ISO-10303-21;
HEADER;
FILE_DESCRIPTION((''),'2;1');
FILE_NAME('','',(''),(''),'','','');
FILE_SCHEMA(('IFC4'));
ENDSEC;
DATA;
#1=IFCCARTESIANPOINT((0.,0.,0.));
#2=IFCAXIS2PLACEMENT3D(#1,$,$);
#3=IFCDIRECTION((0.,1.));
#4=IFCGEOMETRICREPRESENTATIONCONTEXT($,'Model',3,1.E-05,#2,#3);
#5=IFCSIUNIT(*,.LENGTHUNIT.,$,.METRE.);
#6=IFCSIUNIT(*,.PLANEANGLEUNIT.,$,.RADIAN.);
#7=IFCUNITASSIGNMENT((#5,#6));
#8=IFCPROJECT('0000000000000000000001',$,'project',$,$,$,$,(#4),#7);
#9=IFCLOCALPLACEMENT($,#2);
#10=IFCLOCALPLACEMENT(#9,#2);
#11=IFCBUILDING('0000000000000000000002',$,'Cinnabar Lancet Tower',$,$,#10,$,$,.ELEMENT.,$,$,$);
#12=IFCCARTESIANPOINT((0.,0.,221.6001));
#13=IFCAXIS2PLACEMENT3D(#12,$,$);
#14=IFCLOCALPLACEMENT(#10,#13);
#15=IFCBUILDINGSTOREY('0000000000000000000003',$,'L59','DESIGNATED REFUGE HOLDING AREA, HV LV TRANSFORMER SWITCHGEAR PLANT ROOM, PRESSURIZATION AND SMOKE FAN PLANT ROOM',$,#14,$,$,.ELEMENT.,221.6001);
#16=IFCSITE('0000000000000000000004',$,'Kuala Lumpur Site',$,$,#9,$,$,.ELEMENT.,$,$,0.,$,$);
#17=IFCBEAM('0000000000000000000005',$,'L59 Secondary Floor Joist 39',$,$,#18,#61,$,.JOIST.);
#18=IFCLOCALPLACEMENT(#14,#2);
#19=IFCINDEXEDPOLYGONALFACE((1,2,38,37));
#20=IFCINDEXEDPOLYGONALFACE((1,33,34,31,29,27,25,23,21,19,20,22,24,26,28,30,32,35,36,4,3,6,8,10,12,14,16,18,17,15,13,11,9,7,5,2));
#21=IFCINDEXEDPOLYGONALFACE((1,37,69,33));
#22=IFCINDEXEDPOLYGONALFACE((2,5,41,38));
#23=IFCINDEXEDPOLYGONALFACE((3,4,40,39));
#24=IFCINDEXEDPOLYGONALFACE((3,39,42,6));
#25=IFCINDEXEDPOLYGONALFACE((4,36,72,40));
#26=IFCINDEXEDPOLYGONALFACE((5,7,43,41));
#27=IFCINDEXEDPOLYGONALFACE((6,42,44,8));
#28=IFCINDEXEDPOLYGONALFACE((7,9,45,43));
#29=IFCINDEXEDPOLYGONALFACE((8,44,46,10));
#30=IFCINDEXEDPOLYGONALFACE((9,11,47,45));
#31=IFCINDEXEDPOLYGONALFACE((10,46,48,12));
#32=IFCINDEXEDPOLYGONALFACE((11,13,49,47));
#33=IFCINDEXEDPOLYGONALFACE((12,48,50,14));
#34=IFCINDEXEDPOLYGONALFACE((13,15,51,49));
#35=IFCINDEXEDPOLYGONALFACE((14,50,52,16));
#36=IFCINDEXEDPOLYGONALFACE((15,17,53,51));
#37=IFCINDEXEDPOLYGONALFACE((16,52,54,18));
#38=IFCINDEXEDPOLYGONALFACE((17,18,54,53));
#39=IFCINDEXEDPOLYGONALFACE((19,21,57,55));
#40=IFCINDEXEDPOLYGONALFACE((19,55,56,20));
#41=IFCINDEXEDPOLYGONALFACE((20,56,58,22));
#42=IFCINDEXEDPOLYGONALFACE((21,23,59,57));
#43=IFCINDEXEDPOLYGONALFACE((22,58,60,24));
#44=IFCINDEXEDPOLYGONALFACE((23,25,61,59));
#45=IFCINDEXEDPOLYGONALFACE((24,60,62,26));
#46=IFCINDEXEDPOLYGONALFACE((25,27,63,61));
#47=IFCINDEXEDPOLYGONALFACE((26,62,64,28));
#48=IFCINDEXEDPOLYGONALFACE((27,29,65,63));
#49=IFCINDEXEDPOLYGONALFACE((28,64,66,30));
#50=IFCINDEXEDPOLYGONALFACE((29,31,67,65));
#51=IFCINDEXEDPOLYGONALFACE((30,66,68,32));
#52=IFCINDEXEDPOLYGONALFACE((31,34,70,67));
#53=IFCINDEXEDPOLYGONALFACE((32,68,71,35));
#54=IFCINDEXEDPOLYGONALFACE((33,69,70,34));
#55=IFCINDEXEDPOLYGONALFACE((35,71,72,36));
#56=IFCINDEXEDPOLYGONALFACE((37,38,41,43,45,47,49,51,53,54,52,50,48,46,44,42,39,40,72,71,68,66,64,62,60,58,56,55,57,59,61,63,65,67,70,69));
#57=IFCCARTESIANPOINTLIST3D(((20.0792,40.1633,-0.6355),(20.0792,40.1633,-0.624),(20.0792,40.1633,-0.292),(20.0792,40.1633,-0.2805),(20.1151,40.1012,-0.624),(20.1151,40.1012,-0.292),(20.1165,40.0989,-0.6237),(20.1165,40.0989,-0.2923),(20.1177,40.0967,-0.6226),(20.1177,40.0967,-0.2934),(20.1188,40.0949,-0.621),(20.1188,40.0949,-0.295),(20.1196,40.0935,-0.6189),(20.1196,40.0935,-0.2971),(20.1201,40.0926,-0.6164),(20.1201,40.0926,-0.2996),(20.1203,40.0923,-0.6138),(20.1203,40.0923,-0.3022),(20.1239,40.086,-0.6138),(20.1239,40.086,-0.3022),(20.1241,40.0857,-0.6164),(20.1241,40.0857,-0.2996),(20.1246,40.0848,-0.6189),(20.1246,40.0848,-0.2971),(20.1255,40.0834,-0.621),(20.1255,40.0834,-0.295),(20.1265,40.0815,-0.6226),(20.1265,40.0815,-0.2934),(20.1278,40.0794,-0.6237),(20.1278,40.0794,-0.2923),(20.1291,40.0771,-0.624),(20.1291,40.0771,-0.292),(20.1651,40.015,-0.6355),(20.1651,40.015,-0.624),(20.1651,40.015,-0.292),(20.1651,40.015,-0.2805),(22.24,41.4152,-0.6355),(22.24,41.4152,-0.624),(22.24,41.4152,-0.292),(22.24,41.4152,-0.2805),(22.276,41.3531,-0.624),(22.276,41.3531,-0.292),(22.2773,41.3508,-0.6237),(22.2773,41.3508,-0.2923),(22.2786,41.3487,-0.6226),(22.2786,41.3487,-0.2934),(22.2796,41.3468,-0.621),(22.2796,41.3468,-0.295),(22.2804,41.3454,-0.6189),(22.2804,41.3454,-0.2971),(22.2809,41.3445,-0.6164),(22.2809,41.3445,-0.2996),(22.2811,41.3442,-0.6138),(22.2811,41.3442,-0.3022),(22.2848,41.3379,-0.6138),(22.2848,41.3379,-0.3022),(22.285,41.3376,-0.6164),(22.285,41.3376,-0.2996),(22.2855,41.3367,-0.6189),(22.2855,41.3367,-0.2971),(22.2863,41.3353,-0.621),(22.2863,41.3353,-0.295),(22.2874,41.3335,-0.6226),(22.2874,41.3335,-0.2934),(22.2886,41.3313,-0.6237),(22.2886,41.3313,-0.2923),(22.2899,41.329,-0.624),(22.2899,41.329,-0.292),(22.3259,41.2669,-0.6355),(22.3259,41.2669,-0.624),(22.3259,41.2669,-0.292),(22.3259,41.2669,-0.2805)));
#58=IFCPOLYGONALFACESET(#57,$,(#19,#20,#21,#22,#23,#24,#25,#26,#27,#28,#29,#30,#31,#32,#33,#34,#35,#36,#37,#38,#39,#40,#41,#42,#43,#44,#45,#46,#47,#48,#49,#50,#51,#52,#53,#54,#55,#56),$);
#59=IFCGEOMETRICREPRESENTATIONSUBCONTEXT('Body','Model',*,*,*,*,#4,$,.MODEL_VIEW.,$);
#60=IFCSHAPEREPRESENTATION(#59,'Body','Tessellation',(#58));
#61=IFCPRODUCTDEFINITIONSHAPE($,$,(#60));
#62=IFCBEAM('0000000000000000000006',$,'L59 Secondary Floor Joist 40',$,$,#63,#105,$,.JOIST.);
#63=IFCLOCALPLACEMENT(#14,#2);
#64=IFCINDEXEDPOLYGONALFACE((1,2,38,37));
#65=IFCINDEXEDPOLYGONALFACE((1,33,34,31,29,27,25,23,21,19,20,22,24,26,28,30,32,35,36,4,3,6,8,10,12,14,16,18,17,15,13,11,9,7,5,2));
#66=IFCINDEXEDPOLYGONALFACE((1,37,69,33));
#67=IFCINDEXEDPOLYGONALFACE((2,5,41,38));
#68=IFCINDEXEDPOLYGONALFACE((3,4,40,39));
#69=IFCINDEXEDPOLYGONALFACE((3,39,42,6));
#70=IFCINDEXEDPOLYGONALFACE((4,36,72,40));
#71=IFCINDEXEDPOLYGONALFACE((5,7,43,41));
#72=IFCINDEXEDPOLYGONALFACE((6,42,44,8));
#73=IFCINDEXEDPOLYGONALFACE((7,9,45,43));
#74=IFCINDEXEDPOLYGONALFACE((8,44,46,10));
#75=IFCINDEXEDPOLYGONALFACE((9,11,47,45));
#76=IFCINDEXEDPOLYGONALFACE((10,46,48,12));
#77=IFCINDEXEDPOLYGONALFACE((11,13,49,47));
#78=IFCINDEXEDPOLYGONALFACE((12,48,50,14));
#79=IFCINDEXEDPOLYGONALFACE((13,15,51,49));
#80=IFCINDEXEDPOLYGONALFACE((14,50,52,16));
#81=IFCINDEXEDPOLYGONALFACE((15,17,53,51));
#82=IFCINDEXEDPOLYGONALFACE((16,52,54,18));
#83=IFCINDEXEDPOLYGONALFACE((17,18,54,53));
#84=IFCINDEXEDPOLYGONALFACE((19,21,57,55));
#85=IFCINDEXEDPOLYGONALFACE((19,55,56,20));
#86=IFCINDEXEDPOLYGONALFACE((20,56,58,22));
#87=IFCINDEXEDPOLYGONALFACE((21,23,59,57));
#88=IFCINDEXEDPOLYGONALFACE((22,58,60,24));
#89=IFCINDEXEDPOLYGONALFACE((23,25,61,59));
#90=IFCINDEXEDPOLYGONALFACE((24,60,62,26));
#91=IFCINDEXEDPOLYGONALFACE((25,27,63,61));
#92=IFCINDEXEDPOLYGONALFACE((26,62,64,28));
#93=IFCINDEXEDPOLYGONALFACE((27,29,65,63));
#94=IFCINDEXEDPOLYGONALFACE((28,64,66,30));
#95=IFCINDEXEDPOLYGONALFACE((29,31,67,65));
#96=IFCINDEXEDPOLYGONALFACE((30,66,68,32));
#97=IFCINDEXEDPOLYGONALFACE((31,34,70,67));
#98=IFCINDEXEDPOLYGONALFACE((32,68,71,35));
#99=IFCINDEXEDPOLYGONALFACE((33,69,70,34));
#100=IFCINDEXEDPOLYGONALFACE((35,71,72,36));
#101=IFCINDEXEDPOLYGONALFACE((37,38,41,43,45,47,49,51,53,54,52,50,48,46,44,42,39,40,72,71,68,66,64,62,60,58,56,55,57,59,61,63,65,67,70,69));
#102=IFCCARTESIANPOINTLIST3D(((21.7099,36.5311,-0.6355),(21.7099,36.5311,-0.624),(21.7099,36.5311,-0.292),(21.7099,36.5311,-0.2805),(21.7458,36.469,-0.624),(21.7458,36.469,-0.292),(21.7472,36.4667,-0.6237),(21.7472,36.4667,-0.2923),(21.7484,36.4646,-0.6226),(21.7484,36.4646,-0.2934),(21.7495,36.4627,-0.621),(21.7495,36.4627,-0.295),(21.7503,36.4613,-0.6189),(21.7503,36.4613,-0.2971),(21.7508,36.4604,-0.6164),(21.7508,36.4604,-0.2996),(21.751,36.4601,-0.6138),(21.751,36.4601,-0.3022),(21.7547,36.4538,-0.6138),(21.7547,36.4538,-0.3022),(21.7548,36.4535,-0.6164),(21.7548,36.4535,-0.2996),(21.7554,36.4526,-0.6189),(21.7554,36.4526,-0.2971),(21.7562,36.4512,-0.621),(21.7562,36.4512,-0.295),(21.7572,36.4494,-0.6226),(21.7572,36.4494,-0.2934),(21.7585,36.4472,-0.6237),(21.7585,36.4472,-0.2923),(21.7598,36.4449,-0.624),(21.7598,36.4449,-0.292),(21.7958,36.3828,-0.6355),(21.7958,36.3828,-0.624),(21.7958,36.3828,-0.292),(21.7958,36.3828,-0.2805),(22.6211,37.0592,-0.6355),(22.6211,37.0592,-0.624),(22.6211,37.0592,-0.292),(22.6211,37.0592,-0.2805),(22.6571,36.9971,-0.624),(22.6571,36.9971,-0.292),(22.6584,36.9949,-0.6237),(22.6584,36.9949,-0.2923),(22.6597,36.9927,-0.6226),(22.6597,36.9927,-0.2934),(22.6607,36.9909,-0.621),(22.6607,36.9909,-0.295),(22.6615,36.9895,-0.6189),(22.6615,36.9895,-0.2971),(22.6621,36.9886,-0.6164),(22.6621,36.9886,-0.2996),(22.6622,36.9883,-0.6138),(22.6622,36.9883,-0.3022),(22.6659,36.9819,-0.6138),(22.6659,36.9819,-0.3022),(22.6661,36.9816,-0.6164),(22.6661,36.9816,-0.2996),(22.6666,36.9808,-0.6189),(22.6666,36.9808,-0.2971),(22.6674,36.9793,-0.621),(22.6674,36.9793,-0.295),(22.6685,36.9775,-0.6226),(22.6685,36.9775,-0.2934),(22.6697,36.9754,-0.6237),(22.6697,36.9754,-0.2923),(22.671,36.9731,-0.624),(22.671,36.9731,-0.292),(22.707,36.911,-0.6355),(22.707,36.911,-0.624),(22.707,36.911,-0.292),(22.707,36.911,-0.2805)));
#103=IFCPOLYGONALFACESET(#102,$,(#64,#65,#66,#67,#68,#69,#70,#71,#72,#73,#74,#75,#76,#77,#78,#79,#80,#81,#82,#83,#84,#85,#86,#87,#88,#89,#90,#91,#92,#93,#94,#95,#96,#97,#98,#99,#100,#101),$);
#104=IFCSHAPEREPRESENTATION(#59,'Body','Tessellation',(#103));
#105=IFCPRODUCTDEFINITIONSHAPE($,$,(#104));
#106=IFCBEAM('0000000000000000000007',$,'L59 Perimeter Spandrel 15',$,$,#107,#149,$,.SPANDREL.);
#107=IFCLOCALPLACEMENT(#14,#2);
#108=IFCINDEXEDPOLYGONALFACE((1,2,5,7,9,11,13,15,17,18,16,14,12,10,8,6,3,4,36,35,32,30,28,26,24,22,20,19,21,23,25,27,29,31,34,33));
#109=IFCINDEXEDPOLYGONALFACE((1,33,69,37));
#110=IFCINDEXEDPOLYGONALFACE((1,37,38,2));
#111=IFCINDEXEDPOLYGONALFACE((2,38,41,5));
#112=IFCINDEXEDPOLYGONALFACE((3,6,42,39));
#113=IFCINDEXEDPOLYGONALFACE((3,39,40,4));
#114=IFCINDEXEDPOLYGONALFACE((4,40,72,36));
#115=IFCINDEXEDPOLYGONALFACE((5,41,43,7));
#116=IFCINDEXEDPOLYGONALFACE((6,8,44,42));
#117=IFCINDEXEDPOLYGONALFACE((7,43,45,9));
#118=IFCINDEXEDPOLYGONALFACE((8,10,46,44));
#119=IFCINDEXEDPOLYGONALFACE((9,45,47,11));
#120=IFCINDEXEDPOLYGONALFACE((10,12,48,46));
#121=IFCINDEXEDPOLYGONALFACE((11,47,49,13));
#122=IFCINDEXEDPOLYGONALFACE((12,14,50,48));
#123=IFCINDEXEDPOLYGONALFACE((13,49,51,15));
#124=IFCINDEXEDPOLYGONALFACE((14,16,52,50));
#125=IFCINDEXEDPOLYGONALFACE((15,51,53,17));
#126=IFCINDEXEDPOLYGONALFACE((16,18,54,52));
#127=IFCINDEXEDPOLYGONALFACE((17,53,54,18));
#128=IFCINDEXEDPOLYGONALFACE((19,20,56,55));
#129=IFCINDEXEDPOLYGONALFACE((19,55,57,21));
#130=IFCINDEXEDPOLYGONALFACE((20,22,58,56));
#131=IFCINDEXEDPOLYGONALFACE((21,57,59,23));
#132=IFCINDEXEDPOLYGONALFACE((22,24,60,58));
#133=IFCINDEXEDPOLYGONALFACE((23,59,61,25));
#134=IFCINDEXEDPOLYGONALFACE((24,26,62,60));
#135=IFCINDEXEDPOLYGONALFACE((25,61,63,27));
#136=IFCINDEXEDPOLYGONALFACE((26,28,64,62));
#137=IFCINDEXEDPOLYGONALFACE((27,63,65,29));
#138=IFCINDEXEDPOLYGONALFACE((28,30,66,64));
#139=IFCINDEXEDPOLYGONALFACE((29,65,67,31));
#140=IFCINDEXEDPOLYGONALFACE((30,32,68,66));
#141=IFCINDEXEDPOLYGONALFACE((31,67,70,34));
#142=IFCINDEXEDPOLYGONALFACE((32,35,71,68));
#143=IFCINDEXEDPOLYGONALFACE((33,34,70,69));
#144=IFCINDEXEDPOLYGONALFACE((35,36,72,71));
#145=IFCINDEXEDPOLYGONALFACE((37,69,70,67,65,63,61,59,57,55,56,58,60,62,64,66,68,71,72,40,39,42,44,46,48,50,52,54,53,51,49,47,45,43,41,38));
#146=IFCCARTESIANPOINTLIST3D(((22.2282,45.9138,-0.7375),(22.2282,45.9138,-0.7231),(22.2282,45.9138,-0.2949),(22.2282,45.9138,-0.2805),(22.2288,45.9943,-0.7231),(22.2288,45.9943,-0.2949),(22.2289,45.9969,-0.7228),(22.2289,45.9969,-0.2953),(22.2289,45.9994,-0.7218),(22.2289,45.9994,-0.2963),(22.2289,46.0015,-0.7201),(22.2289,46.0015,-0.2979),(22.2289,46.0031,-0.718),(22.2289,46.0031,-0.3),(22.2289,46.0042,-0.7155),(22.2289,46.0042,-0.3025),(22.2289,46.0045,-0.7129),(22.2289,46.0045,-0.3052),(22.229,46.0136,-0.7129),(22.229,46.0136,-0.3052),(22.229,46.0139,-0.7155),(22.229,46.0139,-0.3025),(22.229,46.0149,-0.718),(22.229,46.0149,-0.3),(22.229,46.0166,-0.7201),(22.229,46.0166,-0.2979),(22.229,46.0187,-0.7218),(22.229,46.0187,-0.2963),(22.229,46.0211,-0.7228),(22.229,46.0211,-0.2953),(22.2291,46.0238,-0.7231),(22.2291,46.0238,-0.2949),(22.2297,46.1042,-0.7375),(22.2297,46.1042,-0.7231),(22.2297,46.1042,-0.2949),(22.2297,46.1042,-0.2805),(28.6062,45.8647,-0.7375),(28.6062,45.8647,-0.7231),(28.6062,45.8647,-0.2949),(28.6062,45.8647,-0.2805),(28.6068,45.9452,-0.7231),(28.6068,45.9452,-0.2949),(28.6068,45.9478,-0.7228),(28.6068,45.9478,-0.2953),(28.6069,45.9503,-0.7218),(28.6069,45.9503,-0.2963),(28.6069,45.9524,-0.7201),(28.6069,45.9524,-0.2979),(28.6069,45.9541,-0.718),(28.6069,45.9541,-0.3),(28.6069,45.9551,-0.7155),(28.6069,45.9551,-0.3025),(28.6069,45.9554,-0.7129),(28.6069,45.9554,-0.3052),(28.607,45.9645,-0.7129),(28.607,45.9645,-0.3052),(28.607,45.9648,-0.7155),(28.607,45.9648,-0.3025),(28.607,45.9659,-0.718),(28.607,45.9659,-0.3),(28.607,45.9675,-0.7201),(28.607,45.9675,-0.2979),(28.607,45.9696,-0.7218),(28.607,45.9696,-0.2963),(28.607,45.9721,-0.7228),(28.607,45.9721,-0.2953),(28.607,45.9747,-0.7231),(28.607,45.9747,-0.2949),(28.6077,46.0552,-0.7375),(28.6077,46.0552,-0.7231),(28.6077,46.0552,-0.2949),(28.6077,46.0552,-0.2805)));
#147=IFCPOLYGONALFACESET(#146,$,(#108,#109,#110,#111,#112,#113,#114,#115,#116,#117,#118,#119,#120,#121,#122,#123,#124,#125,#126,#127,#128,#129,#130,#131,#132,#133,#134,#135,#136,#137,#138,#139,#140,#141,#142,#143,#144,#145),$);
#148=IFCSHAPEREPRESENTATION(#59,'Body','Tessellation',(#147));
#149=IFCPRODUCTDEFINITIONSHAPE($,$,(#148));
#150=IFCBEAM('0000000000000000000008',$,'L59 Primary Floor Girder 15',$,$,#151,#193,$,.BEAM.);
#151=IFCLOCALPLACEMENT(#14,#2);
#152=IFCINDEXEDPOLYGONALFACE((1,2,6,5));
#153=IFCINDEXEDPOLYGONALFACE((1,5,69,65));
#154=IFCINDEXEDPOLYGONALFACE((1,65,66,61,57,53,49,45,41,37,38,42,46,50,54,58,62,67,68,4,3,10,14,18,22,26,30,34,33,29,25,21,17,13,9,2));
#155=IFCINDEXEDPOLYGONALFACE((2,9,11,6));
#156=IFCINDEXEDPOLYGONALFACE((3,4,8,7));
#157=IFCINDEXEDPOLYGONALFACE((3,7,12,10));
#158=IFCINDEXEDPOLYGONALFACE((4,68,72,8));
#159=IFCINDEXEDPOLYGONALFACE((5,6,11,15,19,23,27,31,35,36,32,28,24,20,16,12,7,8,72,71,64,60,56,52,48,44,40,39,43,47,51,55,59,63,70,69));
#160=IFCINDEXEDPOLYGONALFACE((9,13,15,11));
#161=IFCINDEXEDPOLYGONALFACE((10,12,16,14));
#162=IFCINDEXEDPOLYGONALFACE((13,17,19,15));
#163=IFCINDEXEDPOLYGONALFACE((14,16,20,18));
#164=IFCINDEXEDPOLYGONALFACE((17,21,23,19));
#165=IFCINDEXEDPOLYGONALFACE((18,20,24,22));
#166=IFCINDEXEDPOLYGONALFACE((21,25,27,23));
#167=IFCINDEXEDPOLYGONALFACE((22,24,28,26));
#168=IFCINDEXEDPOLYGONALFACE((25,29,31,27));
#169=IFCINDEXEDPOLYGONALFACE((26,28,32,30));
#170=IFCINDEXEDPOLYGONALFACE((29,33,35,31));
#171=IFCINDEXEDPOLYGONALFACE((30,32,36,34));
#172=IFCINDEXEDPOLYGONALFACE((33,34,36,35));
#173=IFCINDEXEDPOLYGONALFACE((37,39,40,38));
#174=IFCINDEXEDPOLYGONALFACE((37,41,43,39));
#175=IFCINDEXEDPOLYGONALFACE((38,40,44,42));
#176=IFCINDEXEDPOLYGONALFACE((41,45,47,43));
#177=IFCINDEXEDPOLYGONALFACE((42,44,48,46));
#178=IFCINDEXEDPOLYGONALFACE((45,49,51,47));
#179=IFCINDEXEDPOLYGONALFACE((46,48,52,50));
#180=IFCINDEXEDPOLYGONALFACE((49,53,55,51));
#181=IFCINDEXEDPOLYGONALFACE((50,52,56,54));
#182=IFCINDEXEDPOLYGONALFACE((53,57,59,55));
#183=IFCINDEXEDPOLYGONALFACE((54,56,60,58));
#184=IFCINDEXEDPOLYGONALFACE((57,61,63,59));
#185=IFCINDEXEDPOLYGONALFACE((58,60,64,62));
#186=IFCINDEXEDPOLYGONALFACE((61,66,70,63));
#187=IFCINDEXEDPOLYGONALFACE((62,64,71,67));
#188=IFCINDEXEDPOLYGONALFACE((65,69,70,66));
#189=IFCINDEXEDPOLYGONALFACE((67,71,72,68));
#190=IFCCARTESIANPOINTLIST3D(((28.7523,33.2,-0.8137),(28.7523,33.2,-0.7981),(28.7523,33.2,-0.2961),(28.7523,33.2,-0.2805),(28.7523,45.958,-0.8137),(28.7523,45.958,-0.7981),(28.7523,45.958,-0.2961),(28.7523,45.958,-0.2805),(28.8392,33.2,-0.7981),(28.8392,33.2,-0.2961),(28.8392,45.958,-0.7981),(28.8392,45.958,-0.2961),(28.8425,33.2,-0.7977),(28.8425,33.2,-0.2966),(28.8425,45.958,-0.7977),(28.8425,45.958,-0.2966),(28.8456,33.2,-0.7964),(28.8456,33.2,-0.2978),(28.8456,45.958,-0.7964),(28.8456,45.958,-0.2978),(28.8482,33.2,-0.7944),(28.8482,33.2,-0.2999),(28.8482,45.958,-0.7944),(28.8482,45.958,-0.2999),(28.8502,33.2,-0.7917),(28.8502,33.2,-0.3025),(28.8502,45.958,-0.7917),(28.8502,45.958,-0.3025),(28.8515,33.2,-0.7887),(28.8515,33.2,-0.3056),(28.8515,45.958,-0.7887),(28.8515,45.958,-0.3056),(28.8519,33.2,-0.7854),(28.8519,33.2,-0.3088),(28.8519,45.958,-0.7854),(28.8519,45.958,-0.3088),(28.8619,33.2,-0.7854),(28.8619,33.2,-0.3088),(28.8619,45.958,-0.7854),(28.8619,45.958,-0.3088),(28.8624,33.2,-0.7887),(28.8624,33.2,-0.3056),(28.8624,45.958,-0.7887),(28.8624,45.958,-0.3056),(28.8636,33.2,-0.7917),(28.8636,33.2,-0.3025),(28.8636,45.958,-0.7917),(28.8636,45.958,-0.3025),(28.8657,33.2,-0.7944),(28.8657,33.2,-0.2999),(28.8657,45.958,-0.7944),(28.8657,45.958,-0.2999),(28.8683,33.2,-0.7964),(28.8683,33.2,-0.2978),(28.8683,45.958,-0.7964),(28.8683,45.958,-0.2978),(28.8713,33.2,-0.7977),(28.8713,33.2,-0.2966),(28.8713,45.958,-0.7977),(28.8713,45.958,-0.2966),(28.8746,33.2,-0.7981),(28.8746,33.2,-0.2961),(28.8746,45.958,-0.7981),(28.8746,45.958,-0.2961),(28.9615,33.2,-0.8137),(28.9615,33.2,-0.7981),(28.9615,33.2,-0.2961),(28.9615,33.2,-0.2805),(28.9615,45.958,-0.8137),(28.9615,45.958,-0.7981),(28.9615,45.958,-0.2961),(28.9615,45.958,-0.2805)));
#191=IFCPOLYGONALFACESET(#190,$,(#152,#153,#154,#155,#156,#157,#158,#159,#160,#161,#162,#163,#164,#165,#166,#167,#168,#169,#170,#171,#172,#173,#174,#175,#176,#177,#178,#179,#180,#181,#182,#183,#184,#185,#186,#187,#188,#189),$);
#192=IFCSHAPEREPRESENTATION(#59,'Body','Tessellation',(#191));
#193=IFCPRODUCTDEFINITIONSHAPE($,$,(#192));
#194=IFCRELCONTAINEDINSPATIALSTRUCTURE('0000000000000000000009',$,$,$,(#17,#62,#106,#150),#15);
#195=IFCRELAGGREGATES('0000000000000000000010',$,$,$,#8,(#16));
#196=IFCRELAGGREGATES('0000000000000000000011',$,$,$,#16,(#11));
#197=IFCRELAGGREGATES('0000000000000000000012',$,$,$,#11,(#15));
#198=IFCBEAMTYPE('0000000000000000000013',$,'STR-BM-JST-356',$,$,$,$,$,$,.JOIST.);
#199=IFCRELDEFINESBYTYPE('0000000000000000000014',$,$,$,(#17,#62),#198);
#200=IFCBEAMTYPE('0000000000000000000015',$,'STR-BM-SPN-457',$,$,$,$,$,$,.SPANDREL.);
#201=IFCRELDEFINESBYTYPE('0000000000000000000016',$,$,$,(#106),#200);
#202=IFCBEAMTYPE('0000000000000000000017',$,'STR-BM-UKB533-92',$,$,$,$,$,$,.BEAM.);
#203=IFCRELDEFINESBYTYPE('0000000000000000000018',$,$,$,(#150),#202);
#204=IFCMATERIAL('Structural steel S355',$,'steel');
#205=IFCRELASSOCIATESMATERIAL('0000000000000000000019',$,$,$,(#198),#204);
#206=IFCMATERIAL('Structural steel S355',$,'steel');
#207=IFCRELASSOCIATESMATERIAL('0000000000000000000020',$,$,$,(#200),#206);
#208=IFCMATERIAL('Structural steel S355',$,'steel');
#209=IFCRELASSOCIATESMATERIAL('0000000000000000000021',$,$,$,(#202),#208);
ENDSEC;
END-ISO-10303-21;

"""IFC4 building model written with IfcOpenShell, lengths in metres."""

from ifc_helpers import new_model, si_unit, direction, frame, origin, origin_2d, place, context, subcontext, project, spatial, i_section, extrude, material, material_profile, profile_set, type_object, element, save


model = new_model("IFC4")

# Units and contexts
model_context = context("Model", 3, precision=1e-05, world=origin(), true_north=direction((0.0, 1.0)))
body_context = subcontext(model_context, "Body", "Model", "MODEL_VIEW")
ifc_project = project(units=[si_unit("LENGTHUNIT", "METRE"), si_unit("PLANEANGLEUNIT", "RADIAN")], contexts=[model_context])

# Site, building, storey
site_placement = place(None, origin())
site = spatial("IfcSite", under=ifc_project, at=site_placement, Name="Kuala Lumpur Site", CompositionType="ELEMENT", RefElevation=0.0)
building_placement = place(site_placement, origin())
building = spatial("IfcBuilding", under=site, at=building_placement, Name="Cinnabar Lancet Tower", CompositionType="ELEMENT")
storey_placement = place(building_placement, frame((0.0, 0.0, 221.6001)))
storey = spatial("IfcBuildingStorey", under=building, at=storey_placement, Name="L59", Description="DESIGNATED REFUGE HOLDING AREA, HV LV TRANSFORMER SWITCHGEAR PLANT ROOM, PRESSURIZATION AND SMOKE FAN PLANT ROOM", CompositionType="ELEMENT", Elevation=221.6001)

# Beams
ifc_material_1 = material(Name="Structural steel S355", Category="steel")
ifc_material_profile_1 = material_profile(ifc_material_1, i_section(OverallWidth=0.1714, OverallDepth=0.355, WebThickness=0.0073, FlangeThickness=0.0115, FilletRadius=0.0103, at=origin_2d()), Name="UKB 356x171x51")
ifc_profile_set_1 = profile_set([ifc_material_profile_1], Name="Structural steel S355")
beam_type_1 = type_object("IfcBeamType", Name="STR-BM-JST-356", PredefinedType="JOIST", material=ifc_profile_set_1)
beam_1_placement = place(storey_placement, frame((22.283, 41.3411, -0.458), z_axis=(-0.865268, -0.50131, 0.0), x_axis=(0.50131, -0.865268, 0.0)))
element("IfcBeam", 1, at=beam_1_placement, inside=storey, type_object=beam_type_1, Name="L59 Secondary Floor Joist 39", PredefinedType="JOIST", context=body_context, shape_type="SweptSolid", body=[
    extrude(i_section(OverallWidth=0.1714, OverallDepth=0.355, WebThickness=0.0073, FlangeThickness=0.0115, FilletRadius=0.0103, at=origin_2d()), origin(), (0.0, 0.0, 1.0), 2.4973),
])
beam_2_placement = place(storey_placement, frame((22.6641, 36.9851, -0.458), z_axis=(-0.865188, -0.501447, 0.0), x_axis=(0.501447, -0.865188, 0.0)))
element("IfcBeam", 2, at=beam_2_placement, inside=storey, type_object=beam_type_1, Name="L59 Secondary Floor Joist 40", PredefinedType="JOIST", context=body_context, shape_type="SweptSolid", body=[
    extrude(i_section(OverallWidth=0.1714, OverallDepth=0.355, WebThickness=0.0073, FlangeThickness=0.0115, FilletRadius=0.0103, at=origin_2d()), origin(), (0.0, 0.0, 1.0), 1.0532),
])
ifc_material_2 = material(Name="Structural steel S355", Category="steel")
ifc_material_profile_2 = material_profile(ifc_material_2, i_section(OverallWidth=0.1904, OverallDepth=0.457, WebThickness=0.009, FlangeThickness=0.0144, FilletRadius=0.0103, at=origin_2d()), Name="UKB 457x191x74")
ifc_profile_set_2 = profile_set([ifc_material_profile_2], Name="Structural steel S355")
beam_type_2 = type_object("IfcBeamType", Name="STR-BM-SPN-457", PredefinedType="SPANDREL", material=ifc_profile_set_2)
beam_3_placement = place(storey_placement, frame((28.6069, 45.96, -0.509), z_axis=(-0.99997, 0.007694, 0.0), x_axis=(-0.007694, -0.99997, 0.0)))
element("IfcBeam", 3, at=beam_3_placement, inside=storey, type_object=beam_type_2, Name="L59 Perimeter Spandrel 15", PredefinedType="SPANDREL", context=body_context, shape_type="SweptSolid", body=[
    extrude(i_section(OverallWidth=0.1904, OverallDepth=0.457, WebThickness=0.009, FlangeThickness=0.0144, FilletRadius=0.0103, at=origin_2d()), origin(), (0.0, 0.0, 1.0), 6.3782),
])
ifc_material_3 = material(Name="Structural steel S355", Category="steel")
ifc_material_profile_3 = material_profile(ifc_material_3, i_section(OverallWidth=0.2092, OverallDepth=0.5332, WebThickness=0.01, FlangeThickness=0.0156, FilletRadius=0.0127, at=origin_2d()), Name="UKB 533x210x92")
ifc_profile_set_3 = profile_set([ifc_material_profile_3], Name="Structural steel S355")
beam_type_3 = type_object("IfcBeamType", Name="STR-BM-UKB533-92", PredefinedType="BEAM", material=ifc_profile_set_3)
beam_4_placement = place(storey_placement, frame((28.8569, 45.958, -0.5471), z_axis=(0.0, -1.0, 0.0), x_axis=(1.0, 0.0, 0.0)))
element("IfcBeam", 4, at=beam_4_placement, inside=storey, type_object=beam_type_3, Name="L59 Primary Floor Girder 15", PredefinedType="BEAM", context=body_context, shape_type="SweptSolid", body=[
    extrude(i_section(OverallWidth=0.2092, OverallDepth=0.5332, WebThickness=0.01, FlangeThickness=0.0156, FilletRadius=0.0127, at=origin_2d()), origin(), (0.0, 0.0, 1.0), 12.7581),
])

save(model, "model.ifc")
